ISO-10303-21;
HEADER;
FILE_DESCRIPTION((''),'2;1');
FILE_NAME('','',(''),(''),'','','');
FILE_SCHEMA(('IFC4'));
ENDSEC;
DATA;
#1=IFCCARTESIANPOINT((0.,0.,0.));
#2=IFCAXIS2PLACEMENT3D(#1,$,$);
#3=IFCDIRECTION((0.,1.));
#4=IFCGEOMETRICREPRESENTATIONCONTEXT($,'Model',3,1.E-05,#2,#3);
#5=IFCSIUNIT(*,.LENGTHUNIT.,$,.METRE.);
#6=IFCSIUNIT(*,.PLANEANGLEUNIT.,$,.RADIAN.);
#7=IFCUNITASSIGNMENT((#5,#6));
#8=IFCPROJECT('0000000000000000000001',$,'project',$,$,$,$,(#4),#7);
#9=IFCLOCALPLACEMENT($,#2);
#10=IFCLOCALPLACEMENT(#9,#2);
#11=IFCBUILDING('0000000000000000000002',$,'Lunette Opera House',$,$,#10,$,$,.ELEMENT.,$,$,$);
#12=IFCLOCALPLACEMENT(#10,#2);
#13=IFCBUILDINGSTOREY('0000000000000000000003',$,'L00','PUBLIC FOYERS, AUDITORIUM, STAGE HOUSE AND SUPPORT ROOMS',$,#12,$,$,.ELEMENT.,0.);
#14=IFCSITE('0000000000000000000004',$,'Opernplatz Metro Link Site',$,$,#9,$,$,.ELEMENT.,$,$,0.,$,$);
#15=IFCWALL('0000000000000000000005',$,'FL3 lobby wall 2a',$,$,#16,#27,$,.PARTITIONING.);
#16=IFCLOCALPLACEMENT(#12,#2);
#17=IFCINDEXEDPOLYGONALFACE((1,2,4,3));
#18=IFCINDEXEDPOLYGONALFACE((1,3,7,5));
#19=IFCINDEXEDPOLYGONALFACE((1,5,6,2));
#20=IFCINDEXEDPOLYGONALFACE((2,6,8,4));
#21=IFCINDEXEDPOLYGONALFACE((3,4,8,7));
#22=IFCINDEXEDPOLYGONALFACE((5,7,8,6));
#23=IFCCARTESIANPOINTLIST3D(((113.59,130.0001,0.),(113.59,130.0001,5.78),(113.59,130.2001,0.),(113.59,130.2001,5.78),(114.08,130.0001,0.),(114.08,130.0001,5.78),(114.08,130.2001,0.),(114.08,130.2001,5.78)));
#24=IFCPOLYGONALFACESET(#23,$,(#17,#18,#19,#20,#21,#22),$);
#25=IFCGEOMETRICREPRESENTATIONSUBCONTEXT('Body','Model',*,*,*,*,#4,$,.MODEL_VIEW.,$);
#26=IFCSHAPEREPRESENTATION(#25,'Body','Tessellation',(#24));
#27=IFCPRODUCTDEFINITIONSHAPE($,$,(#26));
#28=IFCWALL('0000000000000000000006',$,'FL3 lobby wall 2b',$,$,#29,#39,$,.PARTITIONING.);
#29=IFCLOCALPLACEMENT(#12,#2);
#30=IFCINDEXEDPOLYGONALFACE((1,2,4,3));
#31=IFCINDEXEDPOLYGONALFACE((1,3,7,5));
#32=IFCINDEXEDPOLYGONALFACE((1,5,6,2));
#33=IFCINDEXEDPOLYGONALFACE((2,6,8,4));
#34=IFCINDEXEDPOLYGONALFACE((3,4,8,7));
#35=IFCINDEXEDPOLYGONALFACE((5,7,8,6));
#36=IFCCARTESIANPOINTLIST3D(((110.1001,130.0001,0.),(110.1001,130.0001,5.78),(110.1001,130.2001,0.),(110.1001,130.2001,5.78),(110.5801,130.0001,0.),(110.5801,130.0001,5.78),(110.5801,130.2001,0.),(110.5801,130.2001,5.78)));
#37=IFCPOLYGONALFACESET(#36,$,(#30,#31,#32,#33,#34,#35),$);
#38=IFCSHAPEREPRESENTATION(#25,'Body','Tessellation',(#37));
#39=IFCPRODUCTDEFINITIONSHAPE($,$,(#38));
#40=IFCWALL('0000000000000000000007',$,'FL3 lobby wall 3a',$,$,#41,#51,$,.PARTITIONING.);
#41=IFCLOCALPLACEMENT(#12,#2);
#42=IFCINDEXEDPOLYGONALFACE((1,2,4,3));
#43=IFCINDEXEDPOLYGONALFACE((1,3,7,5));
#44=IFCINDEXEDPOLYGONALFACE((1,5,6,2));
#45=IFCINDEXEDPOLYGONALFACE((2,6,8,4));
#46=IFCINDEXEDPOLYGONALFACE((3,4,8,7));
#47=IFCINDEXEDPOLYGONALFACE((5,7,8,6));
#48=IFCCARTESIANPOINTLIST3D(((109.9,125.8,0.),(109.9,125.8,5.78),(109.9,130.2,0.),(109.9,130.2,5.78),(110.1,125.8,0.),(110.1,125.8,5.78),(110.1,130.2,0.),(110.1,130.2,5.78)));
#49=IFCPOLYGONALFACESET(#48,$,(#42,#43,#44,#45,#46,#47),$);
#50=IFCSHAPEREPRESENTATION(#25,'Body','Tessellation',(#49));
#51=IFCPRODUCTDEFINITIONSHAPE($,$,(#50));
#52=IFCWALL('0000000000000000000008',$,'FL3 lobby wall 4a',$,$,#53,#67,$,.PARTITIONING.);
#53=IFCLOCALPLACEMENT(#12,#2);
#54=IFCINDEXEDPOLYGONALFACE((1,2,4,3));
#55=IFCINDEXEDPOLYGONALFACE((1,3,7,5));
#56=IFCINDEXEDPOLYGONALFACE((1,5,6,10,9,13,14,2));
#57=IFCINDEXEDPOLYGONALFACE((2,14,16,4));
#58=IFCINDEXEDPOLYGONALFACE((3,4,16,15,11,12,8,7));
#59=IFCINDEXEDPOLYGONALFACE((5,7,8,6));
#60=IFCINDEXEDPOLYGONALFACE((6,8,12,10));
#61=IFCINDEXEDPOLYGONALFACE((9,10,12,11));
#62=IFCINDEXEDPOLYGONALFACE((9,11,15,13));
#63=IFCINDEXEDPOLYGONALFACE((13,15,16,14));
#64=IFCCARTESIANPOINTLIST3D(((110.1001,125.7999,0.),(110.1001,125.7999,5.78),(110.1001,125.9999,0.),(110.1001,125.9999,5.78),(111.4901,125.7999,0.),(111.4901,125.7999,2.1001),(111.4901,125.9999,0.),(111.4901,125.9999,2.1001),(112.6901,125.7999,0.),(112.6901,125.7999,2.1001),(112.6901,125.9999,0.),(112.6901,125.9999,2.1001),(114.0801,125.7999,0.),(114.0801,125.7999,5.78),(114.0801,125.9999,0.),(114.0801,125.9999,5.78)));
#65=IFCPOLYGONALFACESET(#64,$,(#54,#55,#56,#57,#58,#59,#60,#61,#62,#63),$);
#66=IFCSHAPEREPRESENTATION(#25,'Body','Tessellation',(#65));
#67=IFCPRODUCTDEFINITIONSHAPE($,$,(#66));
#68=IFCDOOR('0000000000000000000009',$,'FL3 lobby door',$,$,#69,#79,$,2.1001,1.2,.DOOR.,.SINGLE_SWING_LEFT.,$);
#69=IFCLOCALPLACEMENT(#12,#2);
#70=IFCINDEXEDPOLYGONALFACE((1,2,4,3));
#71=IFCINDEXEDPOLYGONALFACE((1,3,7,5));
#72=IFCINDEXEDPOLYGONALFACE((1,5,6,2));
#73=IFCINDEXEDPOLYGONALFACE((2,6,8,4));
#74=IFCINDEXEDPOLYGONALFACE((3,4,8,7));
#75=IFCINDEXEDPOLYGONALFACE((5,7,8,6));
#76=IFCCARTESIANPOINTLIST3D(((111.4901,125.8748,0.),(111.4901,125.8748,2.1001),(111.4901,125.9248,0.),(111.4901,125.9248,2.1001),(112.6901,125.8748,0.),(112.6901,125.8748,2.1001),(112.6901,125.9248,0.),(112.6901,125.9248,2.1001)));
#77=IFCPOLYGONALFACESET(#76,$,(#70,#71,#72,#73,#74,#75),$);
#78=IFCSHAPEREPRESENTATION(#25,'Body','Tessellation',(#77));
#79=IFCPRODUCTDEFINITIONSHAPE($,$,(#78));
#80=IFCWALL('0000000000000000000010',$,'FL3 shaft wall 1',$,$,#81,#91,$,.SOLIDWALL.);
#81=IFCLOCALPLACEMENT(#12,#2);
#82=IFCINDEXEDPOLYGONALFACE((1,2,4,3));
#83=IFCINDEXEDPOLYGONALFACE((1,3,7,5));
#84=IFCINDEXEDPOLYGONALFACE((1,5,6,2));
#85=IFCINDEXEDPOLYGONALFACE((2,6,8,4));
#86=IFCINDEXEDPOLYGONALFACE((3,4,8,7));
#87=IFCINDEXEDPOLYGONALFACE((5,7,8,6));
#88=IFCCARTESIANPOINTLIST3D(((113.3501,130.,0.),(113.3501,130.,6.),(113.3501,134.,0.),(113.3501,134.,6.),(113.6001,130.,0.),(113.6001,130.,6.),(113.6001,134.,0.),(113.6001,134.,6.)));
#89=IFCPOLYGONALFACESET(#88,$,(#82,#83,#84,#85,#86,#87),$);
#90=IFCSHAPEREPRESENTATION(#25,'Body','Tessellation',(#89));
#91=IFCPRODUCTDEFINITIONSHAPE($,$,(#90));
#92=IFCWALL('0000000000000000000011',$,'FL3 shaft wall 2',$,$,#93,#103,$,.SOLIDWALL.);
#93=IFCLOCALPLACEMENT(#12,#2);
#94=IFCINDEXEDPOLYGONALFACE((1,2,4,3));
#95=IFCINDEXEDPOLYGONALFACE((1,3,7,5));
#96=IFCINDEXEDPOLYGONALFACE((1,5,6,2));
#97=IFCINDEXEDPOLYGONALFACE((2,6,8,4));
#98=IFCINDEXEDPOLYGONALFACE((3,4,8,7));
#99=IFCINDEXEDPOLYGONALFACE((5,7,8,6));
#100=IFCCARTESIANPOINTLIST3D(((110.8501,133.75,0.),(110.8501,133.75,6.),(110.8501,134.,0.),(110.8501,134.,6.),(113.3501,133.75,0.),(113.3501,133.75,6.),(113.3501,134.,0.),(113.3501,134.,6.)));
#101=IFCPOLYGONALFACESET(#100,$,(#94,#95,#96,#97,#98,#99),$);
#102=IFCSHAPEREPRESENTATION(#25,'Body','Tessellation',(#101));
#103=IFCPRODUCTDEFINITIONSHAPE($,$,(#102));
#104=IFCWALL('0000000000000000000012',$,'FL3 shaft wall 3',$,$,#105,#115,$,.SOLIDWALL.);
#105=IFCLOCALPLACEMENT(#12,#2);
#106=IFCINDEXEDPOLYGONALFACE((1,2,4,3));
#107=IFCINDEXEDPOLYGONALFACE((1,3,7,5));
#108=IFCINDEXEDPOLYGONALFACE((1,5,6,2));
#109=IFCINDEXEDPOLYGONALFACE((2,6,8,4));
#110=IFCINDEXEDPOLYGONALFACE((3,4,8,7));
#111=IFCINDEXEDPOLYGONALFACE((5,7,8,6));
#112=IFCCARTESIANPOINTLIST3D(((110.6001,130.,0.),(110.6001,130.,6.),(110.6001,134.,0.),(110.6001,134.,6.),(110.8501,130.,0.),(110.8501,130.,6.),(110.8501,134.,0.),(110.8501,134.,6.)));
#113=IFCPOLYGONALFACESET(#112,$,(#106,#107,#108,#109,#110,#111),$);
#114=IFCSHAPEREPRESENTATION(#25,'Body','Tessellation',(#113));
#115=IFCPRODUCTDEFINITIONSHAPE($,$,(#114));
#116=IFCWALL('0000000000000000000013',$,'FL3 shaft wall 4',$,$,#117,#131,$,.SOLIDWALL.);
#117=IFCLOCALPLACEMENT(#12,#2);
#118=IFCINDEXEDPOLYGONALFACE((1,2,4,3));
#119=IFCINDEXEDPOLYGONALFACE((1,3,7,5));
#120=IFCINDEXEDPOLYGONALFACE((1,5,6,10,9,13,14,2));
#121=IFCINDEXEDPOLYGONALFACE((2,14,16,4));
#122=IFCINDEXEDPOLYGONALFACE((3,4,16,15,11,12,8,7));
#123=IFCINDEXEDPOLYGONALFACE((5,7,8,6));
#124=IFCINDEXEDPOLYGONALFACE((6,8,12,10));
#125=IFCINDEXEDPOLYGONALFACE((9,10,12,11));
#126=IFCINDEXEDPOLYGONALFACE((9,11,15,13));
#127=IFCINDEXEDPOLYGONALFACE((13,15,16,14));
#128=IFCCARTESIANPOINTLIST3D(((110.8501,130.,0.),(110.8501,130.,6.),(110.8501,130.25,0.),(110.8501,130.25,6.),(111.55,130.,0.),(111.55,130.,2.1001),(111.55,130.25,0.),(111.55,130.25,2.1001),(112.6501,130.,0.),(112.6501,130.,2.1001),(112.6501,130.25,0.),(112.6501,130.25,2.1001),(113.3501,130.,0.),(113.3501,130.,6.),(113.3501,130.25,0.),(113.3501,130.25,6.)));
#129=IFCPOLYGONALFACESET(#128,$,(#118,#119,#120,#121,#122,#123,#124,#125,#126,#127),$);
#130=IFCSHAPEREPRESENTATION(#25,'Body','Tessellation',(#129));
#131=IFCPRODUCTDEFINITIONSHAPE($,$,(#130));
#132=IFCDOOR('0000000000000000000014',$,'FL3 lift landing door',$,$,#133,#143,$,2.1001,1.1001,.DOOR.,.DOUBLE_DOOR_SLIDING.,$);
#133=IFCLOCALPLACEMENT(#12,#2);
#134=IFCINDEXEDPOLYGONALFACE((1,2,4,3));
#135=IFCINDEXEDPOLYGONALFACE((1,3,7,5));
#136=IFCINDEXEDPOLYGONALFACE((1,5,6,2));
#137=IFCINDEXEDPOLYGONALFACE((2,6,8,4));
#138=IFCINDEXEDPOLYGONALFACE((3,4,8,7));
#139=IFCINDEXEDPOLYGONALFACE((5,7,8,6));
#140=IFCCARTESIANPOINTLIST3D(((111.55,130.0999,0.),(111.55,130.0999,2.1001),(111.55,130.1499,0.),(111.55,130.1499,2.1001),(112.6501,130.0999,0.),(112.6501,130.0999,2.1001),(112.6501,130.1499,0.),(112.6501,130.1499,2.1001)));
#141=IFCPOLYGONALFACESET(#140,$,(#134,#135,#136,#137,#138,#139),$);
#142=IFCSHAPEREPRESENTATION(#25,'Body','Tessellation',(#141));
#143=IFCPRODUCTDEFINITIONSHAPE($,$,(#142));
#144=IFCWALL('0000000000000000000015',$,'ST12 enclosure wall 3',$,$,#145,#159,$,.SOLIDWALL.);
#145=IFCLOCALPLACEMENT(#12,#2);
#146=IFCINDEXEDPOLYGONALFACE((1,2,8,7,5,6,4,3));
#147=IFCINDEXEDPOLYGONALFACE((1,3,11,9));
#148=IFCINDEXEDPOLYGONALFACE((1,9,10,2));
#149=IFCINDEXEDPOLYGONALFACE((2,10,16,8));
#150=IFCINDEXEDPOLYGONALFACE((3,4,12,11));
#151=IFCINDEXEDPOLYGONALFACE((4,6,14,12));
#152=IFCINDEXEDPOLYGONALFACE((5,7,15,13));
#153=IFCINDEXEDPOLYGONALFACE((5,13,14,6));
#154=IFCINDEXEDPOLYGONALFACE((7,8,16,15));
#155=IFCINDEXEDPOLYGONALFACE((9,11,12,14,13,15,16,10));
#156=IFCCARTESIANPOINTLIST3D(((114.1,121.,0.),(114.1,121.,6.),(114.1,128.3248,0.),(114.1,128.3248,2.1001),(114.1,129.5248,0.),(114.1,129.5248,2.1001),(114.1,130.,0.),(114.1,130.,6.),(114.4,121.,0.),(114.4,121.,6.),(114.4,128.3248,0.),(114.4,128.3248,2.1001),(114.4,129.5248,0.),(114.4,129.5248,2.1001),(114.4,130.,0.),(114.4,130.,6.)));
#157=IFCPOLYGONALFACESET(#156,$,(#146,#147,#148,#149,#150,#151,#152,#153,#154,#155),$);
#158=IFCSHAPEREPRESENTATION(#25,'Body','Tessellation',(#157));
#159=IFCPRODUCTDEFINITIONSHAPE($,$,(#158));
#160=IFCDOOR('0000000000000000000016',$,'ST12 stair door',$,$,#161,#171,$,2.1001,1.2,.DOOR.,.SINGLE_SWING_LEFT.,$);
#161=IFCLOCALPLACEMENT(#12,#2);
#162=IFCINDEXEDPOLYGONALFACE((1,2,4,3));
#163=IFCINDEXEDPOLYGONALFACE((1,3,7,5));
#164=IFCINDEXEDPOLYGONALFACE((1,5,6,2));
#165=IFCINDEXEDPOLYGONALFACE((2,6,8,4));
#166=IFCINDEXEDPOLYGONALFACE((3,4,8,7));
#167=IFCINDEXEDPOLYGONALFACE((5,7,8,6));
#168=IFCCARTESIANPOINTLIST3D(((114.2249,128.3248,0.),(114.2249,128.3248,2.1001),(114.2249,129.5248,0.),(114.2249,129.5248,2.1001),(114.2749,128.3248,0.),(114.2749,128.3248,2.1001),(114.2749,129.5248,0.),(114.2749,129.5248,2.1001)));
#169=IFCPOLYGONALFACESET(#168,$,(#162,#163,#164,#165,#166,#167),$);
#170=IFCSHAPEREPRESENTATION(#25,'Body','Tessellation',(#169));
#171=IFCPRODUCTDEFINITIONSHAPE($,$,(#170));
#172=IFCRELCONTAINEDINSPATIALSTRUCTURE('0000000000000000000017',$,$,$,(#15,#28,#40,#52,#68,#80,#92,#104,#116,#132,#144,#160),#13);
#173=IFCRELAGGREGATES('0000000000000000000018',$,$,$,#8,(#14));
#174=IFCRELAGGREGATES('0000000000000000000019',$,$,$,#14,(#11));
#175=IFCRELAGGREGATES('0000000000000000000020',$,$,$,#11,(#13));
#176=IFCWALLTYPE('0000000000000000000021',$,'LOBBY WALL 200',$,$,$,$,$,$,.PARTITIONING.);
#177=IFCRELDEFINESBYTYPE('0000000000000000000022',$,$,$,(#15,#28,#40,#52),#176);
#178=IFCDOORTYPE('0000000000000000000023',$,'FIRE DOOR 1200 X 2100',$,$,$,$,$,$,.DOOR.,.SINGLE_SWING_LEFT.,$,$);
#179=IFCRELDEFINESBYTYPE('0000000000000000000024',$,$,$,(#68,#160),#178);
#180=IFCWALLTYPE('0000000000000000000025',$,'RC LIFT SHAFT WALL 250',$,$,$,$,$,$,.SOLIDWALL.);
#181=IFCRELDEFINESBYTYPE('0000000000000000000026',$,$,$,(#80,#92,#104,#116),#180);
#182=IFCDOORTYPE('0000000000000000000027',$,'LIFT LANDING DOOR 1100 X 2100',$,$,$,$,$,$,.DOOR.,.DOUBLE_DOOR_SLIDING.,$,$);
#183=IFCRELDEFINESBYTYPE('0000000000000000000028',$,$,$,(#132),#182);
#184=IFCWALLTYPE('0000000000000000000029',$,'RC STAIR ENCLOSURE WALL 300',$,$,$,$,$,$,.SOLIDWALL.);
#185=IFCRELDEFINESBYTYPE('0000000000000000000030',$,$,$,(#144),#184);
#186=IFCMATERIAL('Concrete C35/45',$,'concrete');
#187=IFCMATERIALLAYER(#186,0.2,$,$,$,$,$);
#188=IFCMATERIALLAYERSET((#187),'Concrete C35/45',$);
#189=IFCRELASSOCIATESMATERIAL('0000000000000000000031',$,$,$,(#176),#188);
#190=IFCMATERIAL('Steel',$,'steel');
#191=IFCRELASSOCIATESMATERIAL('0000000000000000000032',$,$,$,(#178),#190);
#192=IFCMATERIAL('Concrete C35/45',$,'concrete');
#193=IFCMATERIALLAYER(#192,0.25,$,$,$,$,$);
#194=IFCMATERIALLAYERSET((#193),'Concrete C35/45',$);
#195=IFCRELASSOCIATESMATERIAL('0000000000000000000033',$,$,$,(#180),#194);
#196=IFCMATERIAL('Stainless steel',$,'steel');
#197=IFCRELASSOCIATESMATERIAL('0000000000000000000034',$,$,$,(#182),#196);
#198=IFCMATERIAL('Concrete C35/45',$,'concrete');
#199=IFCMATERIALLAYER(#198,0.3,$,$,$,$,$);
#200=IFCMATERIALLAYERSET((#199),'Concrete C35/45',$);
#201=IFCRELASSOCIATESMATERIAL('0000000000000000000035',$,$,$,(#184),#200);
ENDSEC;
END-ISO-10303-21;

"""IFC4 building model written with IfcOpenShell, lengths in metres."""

from ifc_helpers import new_model, si_unit, direction, frame, frame_2d, origin, place, context, subcontext, project, spatial, rectangle, extrude, material, layer, layer_set, type_object, element, fill, save


model = new_model("IFC4")

# Units and contexts
model_context = context("Model", 3, precision=1e-05, world=origin(), true_north=direction((0.0, 1.0)))
body_context = subcontext(model_context, "Body", "Model", "MODEL_VIEW")
ifc_project = project(units=[si_unit("LENGTHUNIT", "METRE"), si_unit("PLANEANGLEUNIT", "RADIAN")], contexts=[model_context])

# Site, building, storey
site_placement = place(None, origin())
site = spatial("IfcSite", under=ifc_project, at=site_placement, Name="Opernplatz Metro Link Site", CompositionType="ELEMENT", RefElevation=0.0)
building_placement = place(site_placement, origin())
building = spatial("IfcBuilding", under=site, at=building_placement, Name="Lunette Opera House", CompositionType="ELEMENT")
storey_placement = place(building_placement, origin())
storey = spatial("IfcBuildingStorey", under=building, at=storey_placement, Name="L00", Description="PUBLIC FOYERS, AUDITORIUM, STAGE HOUSE AND SUPPORT ROOMS", CompositionType="ELEMENT", Elevation=0.0)

# Walls
ifc_material_1 = material(Name="Concrete C35/45", Category="concrete")
ifc_layer_1 = layer(ifc_material_1, 0.2)
ifc_layer_set_1 = layer_set([ifc_layer_1], Name="Concrete C35/45")
wall_type_1 = type_object("IfcWallType", Name="LOBBY WALL 200", PredefinedType="PARTITIONING", material=ifc_layer_set_1)
wall_1_placement = place(storey_placement, frame((114.0801, 130.1001, 0.0), z_axis=(0.0, 0.0, 1.0), x_axis=(-1.0, 0.0, 0.0)))
element("IfcWall", 1, at=wall_1_placement, inside=storey, type_object=wall_type_1, Name="FL3 lobby wall 2a", PredefinedType="PARTITIONING", context=body_context, shape_type="SweptSolid", body=[
    extrude(rectangle(XDim=0.49, YDim=0.2, at=frame_2d((0.2451, 0.0))), origin(), (0.0, 0.0, 1.0), 5.78),
])
wall_2_placement = place(storey_placement, frame((110.5801, 130.1001, 0.0), z_axis=(0.0, 0.0, 1.0), x_axis=(-1.0, 0.0, 0.0)))
element("IfcWall", 2, at=wall_2_placement, inside=storey, type_object=wall_type_1, Name="FL3 lobby wall 2b", PredefinedType="PARTITIONING", context=body_context, shape_type="SweptSolid", body=[
    extrude(rectangle(XDim=0.48, YDim=0.2, at=frame_2d((0.24, 0.0))), origin(), (0.0, 0.0, 1.0), 5.78),
])
wall_3_placement = place(storey_placement, frame((110.0, 130.2, 0.0), z_axis=(0.0, 0.0, 1.0), x_axis=(0.0, -1.0, 0.0)))
element("IfcWall", 3, at=wall_3_placement, inside=storey, type_object=wall_type_1, Name="FL3 lobby wall 3a", PredefinedType="PARTITIONING", context=body_context, shape_type="SweptSolid", body=[
    extrude(rectangle(XDim=4.3999, YDim=0.2, at=frame_2d((2.2, 0.0))), origin(), (0.0, 0.0, 1.0), 5.78),
])

# Wall, opening, door
wall_4_placement = place(storey_placement, frame((110.1001, 125.8999, 0.0), z_axis=(0.0, 0.0, 1.0), x_axis=(1.0, 0.0, 0.0)))
wall_4 = element("IfcWall", 4, at=wall_4_placement, inside=storey, type_object=wall_type_1, Name="FL3 lobby wall 4a", PredefinedType="PARTITIONING", context=body_context, shape_type="SweptSolid", body=[
    extrude(rectangle(XDim=3.98, YDim=0.2, at=frame_2d((1.99, 0.0))), origin(), (0.0, 0.0, 1.0), 5.78),
])
opening_1_placement = place(wall_4_placement, frame((1.3899, 0.0, 0.0)))
opening_1 = element("IfcOpeningElement", 5, at=opening_1_placement, cuts=wall_4, PredefinedType="OPENING", context=body_context, shape_type="SweptSolid", body=[
    extrude(rectangle(XDim=1.2, YDim=2.1001, at=frame_2d((0.6001, 1.05))), frame((0.0, 0.1121, 0.0), z_axis=(0.0, -1.0, 0.0), x_axis=(1.0, 0.0, 0.0)), (0.0, 0.0, 1.0), 0.2239),
])
ifc_material_2 = material(Name="Steel", Category="steel")
door_type_1 = type_object("IfcDoorType", Name="FIRE DOOR 1200 X 2100", OperationType="SINGLE_SWING_LEFT", PredefinedType="DOOR", material=ifc_material_2)
door_1_placement = place(opening_1_placement, origin())
door_1 = element("IfcDoor", 6, at=door_1_placement, inside=storey, type_object=door_type_1, Name="FL3 lobby door", OperationType="SINGLE_SWING_LEFT", OverallHeight=2.1001, OverallWidth=1.2, PredefinedType="DOOR", context=body_context, shape_type="SweptSolid", body=[
    extrude(rectangle(XDim=1.2, YDim=2.1001, at=frame_2d((0.6001, 1.05))), frame((0.0, 0.0249, 0.0), z_axis=(0.0, -1.0, 0.0), x_axis=(1.0, 0.0, 0.0)), (0.0, 0.0, 1.0), 0.05),
])
fill(opening_1, door_1)

# Walls
ifc_material_3 = material(Name="Concrete C35/45", Category="concrete")
ifc_layer_2 = layer(ifc_material_3, 0.25)
ifc_layer_set_2 = layer_set([ifc_layer_2], Name="Concrete C35/45")
wall_type_2 = type_object("IfcWallType", Name="RC LIFT SHAFT WALL 250", PredefinedType="SOLIDWALL", material=ifc_layer_set_2)
wall_5_placement = place(storey_placement, frame((113.4751, 130.0, 0.0), z_axis=(0.0, 0.0, 1.0), x_axis=(0.0, 1.0, 0.0)))
element("IfcWall", 7, at=wall_5_placement, inside=storey, type_object=wall_type_2, Name="FL3 shaft wall 1", PredefinedType="SOLIDWALL", context=body_context, shape_type="SweptSolid", body=[
    extrude(rectangle(XDim=4.0, YDim=0.25, at=frame_2d((2.0, 0.0))), origin(), (0.0, 0.0, 1.0), 6.0),
])
wall_6_placement = place(storey_placement, frame((113.3501, 133.875, 0.0), z_axis=(0.0, 0.0, 1.0), x_axis=(-1.0, 0.0, 0.0)))
element("IfcWall", 8, at=wall_6_placement, inside=storey, type_object=wall_type_2, Name="FL3 shaft wall 2", PredefinedType="SOLIDWALL", context=body_context, shape_type="SweptSolid", body=[
    extrude(rectangle(XDim=2.5, YDim=0.25, at=frame_2d((1.25, 0.0))), origin(), (0.0, 0.0, 1.0), 6.0),
])
wall_7_placement = place(storey_placement, frame((110.7251, 134.0, 0.0), z_axis=(0.0, 0.0, 1.0), x_axis=(0.0, -1.0, 0.0)))
element("IfcWall", 9, at=wall_7_placement, inside=storey, type_object=wall_type_2, Name="FL3 shaft wall 3", PredefinedType="SOLIDWALL", context=body_context, shape_type="SweptSolid", body=[
    extrude(rectangle(XDim=4.0, YDim=0.25, at=frame_2d((2.0, 0.0))), origin(), (0.0, 0.0, 1.0), 6.0),
])

# Walls, openings, doors
wall_8_placement = place(storey_placement, frame((110.8501, 130.125, 0.0), z_axis=(0.0, 0.0, 1.0), x_axis=(1.0, 0.0, 0.0)))
wall_8 = element("IfcWall", 10, at=wall_8_placement, inside=storey, type_object=wall_type_2, Name="FL3 shaft wall 4", PredefinedType="SOLIDWALL", context=body_context, shape_type="SweptSolid", body=[
    extrude(rectangle(XDim=2.5, YDim=0.25, at=frame_2d((1.25, 0.0))), origin(), (0.0, 0.0, 1.0), 6.0),
])
opening_2_placement = place(wall_8_placement, frame((0.7, 0.0, 0.0)))
opening_2 = element("IfcOpeningElement", 11, at=opening_2_placement, cuts=wall_8, PredefinedType="OPENING", context=body_context, shape_type="SweptSolid", body=[
    extrude(rectangle(XDim=1.1001, YDim=2.1001, at=frame_2d((0.55, 1.05))), frame((0.0, 0.137, 0.0), z_axis=(0.0, -1.0, 0.0), x_axis=(1.0, 0.0, 0.0)), (0.0, 0.0, 1.0), 0.2739),
])
ifc_material_4 = material(Name="Stainless steel", Category="steel")
door_type_2 = type_object("IfcDoorType", Name="LIFT LANDING DOOR 1100 X 2100", OperationType="DOUBLE_DOOR_SLIDING", PredefinedType="DOOR", material=ifc_material_4)
door_2_placement = place(opening_2_placement, origin())
door_2 = element("IfcDoor", 12, at=door_2_placement, inside=storey, type_object=door_type_2, Name="FL3 lift landing door", OperationType="DOUBLE_DOOR_SLIDING", OverallHeight=2.1001, OverallWidth=1.1001, PredefinedType="DOOR", context=body_context, shape_type="SweptSolid", body=[
    extrude(rectangle(XDim=1.1001, YDim=2.1001, at=frame_2d((0.55, 1.05))), frame((0.0, 0.0249, 0.0), z_axis=(0.0, -1.0, 0.0), x_axis=(1.0, 0.0, 0.0)), (0.0, 0.0, 1.0), 0.05),
])
fill(opening_2, door_2)
ifc_material_5 = material(Name="Concrete C35/45", Category="concrete")
ifc_layer_3 = layer(ifc_material_5, 0.3)
ifc_layer_set_3 = layer_set([ifc_layer_3], Name="Concrete C35/45")
wall_type_3 = type_object("IfcWallType", Name="RC STAIR ENCLOSURE WALL 300", PredefinedType="SOLIDWALL", material=ifc_layer_set_3)
wall_9_placement = place(storey_placement, frame((114.25, 130.0, 0.0), z_axis=(0.0, 0.0, 1.0), x_axis=(0.0, -1.0, 0.0)))
wall_9 = element("IfcWall", 13, at=wall_9_placement, inside=storey, type_object=wall_type_3, Name="ST12 enclosure wall 3", PredefinedType="SOLIDWALL", context=body_context, shape_type="SweptSolid", body=[
    extrude(rectangle(XDim=9.0, YDim=0.3, at=frame_2d((4.5, 0.0))), origin(), (0.0, 0.0, 1.0), 6.0),
])
opening_3_placement = place(wall_9_placement, frame((0.4751, 0.0, 0.0)))
opening_3 = element("IfcOpeningElement", 14, at=opening_3_placement, cuts=wall_9, PredefinedType="OPENING", context=body_context, shape_type="SweptSolid", body=[
    extrude(rectangle(XDim=1.2, YDim=2.1001, at=frame_2d((0.6001, 1.05))), frame((0.0, 0.1621, 0.0), z_axis=(0.0, -1.0, 0.0), x_axis=(1.0, 0.0, 0.0)), (0.0, 0.0, 1.0), 0.324),
])
door_3_placement = place(opening_3_placement, origin())
door_3 = element("IfcDoor", 15, at=door_3_placement, inside=storey, type_object=door_type_1, Name="ST12 stair door", OperationType="SINGLE_SWING_LEFT", OverallHeight=2.1001, OverallWidth=1.2, PredefinedType="DOOR", context=body_context, shape_type="SweptSolid", body=[
    extrude(rectangle(XDim=1.2, YDim=2.1001, at=frame_2d((0.6001, 1.05))), frame((0.0, 0.0249, 0.0), z_axis=(0.0, -1.0, 0.0), x_axis=(1.0, 0.0, 0.0)), (0.0, 0.0, 1.0), 0.05),
])
fill(opening_3, door_3)

save(model, "model.ifc")
